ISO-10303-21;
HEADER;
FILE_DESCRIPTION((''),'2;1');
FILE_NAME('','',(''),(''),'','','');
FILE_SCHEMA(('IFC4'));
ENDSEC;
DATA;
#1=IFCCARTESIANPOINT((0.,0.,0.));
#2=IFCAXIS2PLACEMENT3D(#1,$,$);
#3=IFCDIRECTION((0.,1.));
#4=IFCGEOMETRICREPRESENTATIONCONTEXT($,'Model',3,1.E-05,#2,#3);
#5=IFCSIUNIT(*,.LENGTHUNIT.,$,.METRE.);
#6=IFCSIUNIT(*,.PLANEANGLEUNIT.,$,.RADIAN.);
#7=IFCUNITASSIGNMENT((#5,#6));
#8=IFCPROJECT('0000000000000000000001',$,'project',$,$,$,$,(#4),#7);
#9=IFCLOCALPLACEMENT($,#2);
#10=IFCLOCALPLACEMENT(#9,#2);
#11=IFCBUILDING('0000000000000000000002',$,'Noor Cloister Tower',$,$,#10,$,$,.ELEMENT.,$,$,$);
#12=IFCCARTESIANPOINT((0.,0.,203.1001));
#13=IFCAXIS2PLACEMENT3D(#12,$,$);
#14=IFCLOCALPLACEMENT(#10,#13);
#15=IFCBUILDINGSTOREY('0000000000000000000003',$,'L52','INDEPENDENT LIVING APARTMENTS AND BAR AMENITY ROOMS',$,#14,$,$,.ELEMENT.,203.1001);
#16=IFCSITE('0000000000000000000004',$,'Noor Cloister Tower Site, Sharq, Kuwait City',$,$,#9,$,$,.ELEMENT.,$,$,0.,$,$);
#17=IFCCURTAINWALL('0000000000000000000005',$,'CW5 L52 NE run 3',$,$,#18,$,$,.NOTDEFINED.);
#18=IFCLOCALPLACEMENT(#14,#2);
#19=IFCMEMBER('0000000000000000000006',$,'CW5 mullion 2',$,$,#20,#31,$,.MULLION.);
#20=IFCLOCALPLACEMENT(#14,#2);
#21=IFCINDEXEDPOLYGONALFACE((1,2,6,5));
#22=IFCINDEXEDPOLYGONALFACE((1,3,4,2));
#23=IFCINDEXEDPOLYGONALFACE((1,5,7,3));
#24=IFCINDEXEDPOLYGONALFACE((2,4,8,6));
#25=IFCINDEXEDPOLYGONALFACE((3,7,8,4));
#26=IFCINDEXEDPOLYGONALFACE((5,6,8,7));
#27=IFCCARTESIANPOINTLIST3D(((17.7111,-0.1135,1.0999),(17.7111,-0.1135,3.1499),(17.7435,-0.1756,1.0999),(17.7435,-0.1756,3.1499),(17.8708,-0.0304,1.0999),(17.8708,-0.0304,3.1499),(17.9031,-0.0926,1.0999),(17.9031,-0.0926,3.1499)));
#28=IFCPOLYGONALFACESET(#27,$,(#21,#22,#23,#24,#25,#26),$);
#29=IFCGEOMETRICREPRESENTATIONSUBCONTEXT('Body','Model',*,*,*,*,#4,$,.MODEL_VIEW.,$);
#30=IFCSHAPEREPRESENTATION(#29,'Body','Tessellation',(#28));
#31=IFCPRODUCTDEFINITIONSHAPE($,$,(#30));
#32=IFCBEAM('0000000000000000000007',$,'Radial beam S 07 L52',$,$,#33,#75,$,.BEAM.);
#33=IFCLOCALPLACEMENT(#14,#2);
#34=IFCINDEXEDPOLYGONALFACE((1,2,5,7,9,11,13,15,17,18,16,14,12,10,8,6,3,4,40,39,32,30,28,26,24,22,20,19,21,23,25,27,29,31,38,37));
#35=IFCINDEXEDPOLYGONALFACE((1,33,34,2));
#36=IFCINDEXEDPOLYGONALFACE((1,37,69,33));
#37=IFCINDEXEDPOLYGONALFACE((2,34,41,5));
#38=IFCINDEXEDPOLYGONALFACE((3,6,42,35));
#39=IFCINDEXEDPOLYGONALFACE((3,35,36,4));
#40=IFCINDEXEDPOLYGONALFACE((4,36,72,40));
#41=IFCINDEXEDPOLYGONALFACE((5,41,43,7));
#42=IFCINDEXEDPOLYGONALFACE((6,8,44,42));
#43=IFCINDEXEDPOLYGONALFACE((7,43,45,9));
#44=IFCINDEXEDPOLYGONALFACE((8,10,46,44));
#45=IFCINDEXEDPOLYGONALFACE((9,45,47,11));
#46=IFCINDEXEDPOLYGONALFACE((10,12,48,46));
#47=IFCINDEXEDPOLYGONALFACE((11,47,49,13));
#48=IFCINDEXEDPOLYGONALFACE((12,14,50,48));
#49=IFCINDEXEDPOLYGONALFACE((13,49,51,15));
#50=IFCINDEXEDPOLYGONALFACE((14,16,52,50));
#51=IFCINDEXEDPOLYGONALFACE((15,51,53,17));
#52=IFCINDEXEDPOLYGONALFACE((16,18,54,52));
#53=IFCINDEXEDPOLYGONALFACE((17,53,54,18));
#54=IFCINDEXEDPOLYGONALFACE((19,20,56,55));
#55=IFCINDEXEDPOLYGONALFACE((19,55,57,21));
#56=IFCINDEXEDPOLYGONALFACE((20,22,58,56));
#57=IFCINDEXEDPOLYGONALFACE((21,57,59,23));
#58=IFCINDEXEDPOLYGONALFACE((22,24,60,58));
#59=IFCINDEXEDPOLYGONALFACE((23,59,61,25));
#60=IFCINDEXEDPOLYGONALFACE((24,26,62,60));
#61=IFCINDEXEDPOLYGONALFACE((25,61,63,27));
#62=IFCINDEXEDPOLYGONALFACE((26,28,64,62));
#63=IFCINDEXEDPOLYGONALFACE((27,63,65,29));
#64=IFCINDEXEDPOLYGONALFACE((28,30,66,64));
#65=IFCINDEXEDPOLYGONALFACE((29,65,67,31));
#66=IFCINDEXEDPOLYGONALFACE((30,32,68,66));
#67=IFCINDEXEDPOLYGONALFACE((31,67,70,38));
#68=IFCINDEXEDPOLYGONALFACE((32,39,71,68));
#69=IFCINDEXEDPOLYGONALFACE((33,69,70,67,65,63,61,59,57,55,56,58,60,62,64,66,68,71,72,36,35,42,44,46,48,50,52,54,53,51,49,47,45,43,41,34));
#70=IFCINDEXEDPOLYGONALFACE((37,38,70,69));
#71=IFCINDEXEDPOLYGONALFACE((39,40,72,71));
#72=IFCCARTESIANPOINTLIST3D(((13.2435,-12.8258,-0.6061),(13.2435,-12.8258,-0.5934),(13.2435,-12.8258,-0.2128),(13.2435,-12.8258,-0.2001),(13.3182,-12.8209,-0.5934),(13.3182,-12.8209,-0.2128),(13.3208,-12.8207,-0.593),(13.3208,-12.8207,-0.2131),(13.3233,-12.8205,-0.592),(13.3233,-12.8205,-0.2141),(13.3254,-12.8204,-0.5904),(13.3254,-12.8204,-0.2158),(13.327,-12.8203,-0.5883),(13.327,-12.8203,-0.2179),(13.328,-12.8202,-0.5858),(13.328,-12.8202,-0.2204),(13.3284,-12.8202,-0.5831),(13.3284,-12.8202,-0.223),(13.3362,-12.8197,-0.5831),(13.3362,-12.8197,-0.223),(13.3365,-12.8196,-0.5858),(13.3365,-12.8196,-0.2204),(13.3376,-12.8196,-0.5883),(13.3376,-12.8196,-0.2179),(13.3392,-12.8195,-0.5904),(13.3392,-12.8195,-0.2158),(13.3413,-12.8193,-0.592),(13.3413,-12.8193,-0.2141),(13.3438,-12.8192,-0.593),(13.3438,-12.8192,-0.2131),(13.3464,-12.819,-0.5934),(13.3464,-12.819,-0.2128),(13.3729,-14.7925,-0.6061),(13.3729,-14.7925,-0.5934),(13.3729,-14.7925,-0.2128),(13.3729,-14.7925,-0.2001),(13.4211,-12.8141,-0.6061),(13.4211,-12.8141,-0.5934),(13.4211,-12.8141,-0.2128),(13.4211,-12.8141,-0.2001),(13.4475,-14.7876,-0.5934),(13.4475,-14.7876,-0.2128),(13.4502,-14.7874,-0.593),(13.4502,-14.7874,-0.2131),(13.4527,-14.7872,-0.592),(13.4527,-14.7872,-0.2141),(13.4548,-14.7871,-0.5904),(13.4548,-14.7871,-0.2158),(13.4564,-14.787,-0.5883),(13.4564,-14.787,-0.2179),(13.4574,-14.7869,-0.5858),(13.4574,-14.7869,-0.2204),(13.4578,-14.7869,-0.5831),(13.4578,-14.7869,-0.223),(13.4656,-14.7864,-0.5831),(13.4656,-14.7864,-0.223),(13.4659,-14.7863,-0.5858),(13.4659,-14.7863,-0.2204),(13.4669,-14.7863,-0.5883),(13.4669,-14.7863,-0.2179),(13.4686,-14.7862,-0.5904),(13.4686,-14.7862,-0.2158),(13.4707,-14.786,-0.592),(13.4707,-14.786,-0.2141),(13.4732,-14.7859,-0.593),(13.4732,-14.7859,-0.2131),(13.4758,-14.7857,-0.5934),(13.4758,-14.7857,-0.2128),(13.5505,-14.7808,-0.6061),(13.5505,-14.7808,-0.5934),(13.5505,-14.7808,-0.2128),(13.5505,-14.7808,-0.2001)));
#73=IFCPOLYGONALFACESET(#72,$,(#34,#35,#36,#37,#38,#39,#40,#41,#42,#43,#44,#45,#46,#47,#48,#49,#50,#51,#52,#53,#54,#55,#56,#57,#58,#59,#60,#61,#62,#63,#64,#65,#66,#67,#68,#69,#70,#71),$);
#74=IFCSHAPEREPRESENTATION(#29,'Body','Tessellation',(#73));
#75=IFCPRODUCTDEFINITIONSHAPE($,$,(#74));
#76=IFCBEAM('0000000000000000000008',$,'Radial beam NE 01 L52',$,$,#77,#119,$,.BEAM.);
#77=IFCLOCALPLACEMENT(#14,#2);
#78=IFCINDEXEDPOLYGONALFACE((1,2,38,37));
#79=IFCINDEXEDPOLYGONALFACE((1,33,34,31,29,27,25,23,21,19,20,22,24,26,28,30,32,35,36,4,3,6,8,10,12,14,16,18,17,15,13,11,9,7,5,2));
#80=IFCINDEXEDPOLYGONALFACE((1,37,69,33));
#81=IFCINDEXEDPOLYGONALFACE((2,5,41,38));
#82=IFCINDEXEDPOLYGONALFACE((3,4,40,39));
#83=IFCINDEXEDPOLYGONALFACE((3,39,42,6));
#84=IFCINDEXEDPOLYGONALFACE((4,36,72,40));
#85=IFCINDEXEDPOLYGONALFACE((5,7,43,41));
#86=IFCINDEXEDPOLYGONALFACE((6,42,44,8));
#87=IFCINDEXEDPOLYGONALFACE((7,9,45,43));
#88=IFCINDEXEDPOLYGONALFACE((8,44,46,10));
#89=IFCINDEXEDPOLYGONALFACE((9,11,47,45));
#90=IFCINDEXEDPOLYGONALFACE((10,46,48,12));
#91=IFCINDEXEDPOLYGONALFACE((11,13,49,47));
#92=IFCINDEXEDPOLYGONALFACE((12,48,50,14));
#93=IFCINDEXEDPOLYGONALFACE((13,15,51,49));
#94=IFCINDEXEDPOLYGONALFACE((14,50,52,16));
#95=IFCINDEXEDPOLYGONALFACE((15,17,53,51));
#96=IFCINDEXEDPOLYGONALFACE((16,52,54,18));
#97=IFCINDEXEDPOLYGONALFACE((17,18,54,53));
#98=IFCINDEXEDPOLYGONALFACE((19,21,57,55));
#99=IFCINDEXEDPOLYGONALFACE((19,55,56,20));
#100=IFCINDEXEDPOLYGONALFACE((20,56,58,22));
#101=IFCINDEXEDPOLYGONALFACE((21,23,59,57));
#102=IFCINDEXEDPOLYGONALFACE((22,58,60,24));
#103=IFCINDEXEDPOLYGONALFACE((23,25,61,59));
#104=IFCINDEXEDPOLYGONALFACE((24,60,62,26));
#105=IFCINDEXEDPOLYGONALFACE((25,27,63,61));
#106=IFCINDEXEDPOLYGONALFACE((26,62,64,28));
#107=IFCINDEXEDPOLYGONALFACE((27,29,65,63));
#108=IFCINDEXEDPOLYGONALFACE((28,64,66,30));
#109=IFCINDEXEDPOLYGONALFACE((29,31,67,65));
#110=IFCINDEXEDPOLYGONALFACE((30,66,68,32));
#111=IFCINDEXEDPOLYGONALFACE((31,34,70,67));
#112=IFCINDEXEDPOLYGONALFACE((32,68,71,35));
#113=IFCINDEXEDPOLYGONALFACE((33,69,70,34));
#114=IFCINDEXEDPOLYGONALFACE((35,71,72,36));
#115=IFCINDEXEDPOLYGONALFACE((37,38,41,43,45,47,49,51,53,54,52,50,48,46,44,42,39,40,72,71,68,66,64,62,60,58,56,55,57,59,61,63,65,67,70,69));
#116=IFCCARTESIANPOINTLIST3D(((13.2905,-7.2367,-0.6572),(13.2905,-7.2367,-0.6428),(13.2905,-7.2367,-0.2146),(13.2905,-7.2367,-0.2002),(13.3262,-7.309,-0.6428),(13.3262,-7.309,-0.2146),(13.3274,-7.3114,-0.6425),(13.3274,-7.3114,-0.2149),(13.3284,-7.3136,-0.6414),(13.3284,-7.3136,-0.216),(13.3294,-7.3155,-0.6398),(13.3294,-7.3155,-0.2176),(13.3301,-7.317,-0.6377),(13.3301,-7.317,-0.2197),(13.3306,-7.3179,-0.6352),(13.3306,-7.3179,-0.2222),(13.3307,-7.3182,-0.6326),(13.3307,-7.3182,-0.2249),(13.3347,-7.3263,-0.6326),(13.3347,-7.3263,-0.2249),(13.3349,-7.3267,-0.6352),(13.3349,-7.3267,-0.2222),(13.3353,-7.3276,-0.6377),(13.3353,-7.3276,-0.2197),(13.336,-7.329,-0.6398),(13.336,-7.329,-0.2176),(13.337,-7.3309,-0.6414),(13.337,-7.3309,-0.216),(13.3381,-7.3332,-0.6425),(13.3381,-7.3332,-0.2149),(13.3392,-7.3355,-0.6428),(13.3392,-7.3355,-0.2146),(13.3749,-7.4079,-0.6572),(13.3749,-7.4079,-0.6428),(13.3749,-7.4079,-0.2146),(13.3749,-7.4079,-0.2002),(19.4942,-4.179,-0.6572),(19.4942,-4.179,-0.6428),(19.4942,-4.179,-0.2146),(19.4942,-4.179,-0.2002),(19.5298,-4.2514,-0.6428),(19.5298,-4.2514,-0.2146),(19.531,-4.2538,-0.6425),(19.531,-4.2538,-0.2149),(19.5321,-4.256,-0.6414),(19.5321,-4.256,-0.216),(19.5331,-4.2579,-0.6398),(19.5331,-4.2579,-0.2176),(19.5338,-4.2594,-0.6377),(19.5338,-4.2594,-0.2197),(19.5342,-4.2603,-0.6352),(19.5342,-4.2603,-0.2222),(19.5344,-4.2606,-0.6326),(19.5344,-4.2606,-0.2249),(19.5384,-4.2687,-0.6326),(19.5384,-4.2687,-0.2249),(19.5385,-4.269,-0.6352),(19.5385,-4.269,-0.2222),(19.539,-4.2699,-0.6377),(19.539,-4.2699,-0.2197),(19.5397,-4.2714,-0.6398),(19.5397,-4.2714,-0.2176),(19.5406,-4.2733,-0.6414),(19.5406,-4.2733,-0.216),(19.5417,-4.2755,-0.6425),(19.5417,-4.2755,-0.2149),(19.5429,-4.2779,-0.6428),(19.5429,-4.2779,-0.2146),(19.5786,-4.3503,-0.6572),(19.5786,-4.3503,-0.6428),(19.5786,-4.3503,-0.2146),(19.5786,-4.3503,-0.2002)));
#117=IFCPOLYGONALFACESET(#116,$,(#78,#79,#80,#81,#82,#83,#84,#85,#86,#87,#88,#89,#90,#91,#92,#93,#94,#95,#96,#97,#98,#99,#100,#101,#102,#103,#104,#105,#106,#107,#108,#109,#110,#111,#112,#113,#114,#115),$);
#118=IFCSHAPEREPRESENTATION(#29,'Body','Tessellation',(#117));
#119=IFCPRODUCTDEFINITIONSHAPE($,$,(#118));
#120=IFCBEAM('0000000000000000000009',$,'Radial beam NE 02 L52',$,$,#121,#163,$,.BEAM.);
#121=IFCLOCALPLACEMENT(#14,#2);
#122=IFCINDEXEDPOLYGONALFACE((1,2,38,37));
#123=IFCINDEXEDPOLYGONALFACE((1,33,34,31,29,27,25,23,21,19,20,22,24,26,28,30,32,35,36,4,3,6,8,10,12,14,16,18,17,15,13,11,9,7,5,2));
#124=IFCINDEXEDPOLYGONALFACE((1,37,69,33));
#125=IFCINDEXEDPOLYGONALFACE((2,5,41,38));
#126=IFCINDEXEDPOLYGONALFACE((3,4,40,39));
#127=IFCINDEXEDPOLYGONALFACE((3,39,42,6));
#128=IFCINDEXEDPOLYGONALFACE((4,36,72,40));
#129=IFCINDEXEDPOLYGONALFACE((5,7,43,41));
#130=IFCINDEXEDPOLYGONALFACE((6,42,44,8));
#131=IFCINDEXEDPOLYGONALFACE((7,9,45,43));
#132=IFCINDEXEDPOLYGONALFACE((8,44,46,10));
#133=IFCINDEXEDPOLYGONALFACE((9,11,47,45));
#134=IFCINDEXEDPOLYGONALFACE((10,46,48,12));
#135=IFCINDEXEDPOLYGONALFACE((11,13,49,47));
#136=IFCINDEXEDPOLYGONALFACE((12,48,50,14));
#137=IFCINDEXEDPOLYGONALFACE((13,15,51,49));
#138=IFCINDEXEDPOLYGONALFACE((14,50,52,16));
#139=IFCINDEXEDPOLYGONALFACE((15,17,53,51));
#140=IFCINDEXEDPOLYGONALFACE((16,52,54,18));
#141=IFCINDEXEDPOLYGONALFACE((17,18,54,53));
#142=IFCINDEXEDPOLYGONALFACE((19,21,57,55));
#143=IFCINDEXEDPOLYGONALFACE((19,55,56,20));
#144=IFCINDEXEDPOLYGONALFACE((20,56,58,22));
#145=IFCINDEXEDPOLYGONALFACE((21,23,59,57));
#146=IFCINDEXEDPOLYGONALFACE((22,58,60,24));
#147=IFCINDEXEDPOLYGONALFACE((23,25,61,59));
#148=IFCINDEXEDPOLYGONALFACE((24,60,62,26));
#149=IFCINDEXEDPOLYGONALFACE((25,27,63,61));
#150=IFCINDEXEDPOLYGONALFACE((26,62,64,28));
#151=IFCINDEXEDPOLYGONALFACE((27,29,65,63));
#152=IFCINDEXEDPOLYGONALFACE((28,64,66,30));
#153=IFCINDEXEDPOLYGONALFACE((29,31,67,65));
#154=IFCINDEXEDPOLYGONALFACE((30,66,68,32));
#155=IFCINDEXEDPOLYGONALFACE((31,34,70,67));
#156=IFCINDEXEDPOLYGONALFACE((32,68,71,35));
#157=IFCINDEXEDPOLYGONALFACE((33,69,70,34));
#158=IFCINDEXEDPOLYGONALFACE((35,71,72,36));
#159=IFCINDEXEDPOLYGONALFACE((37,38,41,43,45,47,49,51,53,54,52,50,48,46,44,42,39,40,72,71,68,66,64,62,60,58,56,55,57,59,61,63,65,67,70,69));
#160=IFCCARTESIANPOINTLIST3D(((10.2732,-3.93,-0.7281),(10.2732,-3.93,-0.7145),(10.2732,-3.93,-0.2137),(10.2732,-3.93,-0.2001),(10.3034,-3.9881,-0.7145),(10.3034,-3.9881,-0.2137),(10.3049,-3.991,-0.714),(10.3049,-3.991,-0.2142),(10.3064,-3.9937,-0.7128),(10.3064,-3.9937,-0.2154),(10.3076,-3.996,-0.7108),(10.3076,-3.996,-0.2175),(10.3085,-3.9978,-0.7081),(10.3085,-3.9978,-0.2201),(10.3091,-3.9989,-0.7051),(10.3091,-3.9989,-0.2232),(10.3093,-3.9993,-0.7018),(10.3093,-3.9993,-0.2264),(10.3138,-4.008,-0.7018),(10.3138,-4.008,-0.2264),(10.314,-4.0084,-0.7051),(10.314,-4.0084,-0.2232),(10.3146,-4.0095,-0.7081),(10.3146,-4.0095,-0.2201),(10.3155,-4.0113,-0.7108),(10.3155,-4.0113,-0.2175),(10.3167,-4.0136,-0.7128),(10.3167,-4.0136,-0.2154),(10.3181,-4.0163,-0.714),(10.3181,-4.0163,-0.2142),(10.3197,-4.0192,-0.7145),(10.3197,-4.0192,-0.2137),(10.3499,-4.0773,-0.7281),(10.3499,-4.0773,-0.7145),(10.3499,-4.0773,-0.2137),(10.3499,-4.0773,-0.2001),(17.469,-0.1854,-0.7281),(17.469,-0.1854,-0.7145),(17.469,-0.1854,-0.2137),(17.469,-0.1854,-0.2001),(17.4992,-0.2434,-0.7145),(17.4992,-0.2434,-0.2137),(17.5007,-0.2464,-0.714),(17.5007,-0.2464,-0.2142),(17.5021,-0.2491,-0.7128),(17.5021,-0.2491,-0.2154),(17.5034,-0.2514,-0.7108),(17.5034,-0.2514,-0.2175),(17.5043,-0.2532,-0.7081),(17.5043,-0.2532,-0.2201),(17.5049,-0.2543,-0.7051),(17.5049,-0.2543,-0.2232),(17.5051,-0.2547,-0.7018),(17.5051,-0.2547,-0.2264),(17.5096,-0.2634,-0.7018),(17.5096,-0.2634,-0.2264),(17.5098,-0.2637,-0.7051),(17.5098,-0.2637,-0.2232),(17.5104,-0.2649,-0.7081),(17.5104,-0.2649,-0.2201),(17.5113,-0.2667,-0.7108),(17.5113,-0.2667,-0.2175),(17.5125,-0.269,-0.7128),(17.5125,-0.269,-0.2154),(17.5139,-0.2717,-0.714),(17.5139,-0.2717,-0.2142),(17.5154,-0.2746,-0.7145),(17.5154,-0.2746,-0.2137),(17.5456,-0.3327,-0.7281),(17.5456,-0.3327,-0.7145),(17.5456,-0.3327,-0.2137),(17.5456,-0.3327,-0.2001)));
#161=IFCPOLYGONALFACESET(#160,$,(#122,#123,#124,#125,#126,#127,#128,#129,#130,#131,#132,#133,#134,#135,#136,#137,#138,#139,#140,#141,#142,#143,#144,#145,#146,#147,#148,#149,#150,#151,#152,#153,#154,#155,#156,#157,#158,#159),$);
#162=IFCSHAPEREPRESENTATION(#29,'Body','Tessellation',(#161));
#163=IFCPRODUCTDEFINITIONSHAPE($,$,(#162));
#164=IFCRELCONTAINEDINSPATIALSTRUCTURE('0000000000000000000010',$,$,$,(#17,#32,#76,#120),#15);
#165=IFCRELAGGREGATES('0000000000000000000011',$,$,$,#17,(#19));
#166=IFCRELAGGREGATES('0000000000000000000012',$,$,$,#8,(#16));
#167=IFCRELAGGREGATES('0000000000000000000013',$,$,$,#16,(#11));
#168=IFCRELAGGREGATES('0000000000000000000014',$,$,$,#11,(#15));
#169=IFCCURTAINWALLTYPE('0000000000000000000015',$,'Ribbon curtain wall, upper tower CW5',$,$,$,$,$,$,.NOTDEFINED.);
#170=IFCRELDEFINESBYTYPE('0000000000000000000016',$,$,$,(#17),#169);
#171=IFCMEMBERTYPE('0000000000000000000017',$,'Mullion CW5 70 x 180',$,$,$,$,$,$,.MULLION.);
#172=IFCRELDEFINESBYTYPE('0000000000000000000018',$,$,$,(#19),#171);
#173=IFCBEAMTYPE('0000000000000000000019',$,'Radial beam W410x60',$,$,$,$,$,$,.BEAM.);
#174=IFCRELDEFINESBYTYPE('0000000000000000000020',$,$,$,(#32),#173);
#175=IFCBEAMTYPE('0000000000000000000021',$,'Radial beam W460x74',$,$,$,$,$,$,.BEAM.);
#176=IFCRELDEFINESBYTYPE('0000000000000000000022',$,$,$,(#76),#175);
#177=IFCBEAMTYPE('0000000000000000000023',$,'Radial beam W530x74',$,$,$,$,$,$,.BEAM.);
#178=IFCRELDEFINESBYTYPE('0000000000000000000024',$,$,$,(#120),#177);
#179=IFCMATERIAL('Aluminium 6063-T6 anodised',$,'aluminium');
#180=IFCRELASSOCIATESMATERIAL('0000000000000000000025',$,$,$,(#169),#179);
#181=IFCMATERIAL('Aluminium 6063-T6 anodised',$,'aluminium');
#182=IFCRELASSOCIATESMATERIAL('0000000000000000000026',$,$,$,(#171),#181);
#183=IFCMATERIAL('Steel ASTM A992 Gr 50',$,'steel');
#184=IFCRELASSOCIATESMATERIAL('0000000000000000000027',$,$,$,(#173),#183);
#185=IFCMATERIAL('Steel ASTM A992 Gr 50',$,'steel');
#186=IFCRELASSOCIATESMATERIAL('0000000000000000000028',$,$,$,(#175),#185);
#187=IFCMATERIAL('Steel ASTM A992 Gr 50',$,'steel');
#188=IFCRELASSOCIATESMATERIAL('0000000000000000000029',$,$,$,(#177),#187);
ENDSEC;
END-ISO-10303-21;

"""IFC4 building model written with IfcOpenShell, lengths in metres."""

from ifc_helpers import new_model, si_unit, direction, frame, origin, origin_2d, place, context, subcontext, project, spatial, rectangle, i_section, extrude, material, material_profile, profile_set, type_object, element, aggregate, save


model = new_model("IFC4")

# Units and contexts
model_context = context("Model", 3, precision=1e-05, world=origin(), true_north=direction((0.0, 1.0)))
body_context = subcontext(model_context, "Body", "Model", "MODEL_VIEW")
ifc_project = project(units=[si_unit("LENGTHUNIT", "METRE"), si_unit("PLANEANGLEUNIT", "RADIAN")], contexts=[model_context])

# Site, building, storey
site_placement = place(None, origin())
site = spatial("IfcSite", under=ifc_project, at=site_placement, Name="Noor Cloister Tower Site, Sharq, Kuwait City", CompositionType="ELEMENT", RefElevation=0.0)
building_placement = place(site_placement, origin())
building = spatial("IfcBuilding", under=site, at=building_placement, Name="Noor Cloister Tower", CompositionType="ELEMENT")
storey_placement = place(building_placement, frame((0.0, 0.0, 203.1001)))
storey = spatial("IfcBuildingStorey", under=building, at=storey_placement, Name="L52", Description="INDEPENDENT LIVING APARTMENTS AND BAR AMENITY ROOMS", CompositionType="ELEMENT", Elevation=203.1001)

# Curtain wall, member
ifc_material_1 = material(Name="Aluminium 6063-T6 anodised", Category="aluminium")
curtain_wall_type = type_object("IfcCurtainWallType", Name="Ribbon curtain wall, upper tower CW5", PredefinedType="NOTDEFINED", material=ifc_material_1)
ifc_material_2 = material(Name="Aluminium 6063-T6 anodised", Category="aluminium")
ifc_material_profile_1 = material_profile(ifc_material_2, rectangle(XDim=0.1799, YDim=0.0701, at=origin_2d()), Name="180 x 70 mullion")
ifc_profile_set_1 = profile_set([ifc_material_profile_1], Name="Aluminium 6063-T6 anodised")
member_type = type_object("IfcMemberType", Name="Mullion CW5 70 x 180", PredefinedType="MULLION", material=ifc_profile_set_1)
curtain_wall_1_placement = place(storey_placement, origin())
curtain_wall_1 = element("IfcCurtainWall", 1, at=curtain_wall_1_placement, inside=storey, type_object=curtain_wall_type, Name="CW5 L52 NE run 3", PredefinedType="NOTDEFINED")
member_1_placement = place(storey_placement, frame((17.8071, -0.103, 1.0999), z_axis=(0.0, 0.0, 1.0), x_axis=(-0.88708, -0.461616, 0.0)))
member_1 = element("IfcMember", 2, at=member_1_placement, type_object=member_type, Name="CW5 mullion 2", PredefinedType="MULLION", context=body_context, shape_type="SweptSolid", body=[
    extrude(rectangle(XDim=0.1799, YDim=0.0701, at=origin_2d()), origin(), (0.0, 0.0, 1.0), 2.05),
])

# Beams
ifc_material_3 = material(Name="Steel ASTM A992 Gr 50", Category="steel")
ifc_material_profile_2 = material_profile(ifc_material_3, i_section(OverallWidth=0.178, OverallDepth=0.406, WebThickness=0.0078, FlangeThickness=0.0127, FilletRadius=0.0103, at=origin_2d()), Name="W410x60")
ifc_profile_set_2 = profile_set([ifc_material_profile_2], Name="Steel ASTM A992 Gr 50")
beam_type_1 = type_object("IfcBeamType", Name="Radial beam W410x60", PredefinedType="BEAM", material=ifc_profile_set_2)
beam_1_placement = place(storey_placement, frame((13.4617, -14.7866, -0.4031), z_axis=(-0.065648, 0.997843, 0.0), x_axis=(-0.997843, -0.065648, 0.0)))
element("IfcBeam", 3, at=beam_1_placement, inside=storey, type_object=beam_type_1, Name="Radial beam S 07 L52", PredefinedType="BEAM", context=body_context, shape_type="SweptSolid", body=[
    extrude(i_section(OverallWidth=0.178, OverallDepth=0.406, WebThickness=0.0078, FlangeThickness=0.0127, FilletRadius=0.0103, at=origin_2d()), origin(), (0.0, 0.0, 1.0), 1.9709),
])
ifc_material_4 = material(Name="Steel ASTM A992 Gr 50", Category="steel")
ifc_material_profile_3 = material_profile(ifc_material_4, i_section(OverallWidth=0.1909, OverallDepth=0.457, WebThickness=0.009, FlangeThickness=0.0144, FilletRadius=0.0103, at=origin_2d()), Name="W460x74")
ifc_profile_set_3 = profile_set([ifc_material_profile_3], Name="Steel ASTM A992 Gr 50")
beam_type_2 = type_object("IfcBeamType", Name="Radial beam W460x74", PredefinedType="BEAM", material=ifc_profile_set_3)
beam_2_placement = place(storey_placement, frame((19.5364, -4.2646, -0.4287), z_axis=(-0.896968, -0.442095, 0.0), x_axis=(0.442095, -0.896968, 0.0)))
element("IfcBeam", 4, at=beam_2_placement, inside=storey, type_object=beam_type_2, Name="Radial beam NE 01 L52", PredefinedType="BEAM", context=body_context, shape_type="SweptSolid", body=[
    extrude(i_section(OverallWidth=0.1909, OverallDepth=0.457, WebThickness=0.009, FlangeThickness=0.0144, FilletRadius=0.0103, at=origin_2d()), origin(), (0.0, 0.0, 1.0), 6.9163),
])
ifc_material_5 = material(Name="Steel ASTM A992 Gr 50", Category="steel")
ifc_material_profile_4 = material_profile(ifc_material_5, i_section(OverallWidth=0.166, OverallDepth=0.5281, WebThickness=0.0098, FlangeThickness=0.0137, FilletRadius=0.0127, at=origin_2d()), Name="W530x74")
ifc_profile_set_4 = profile_set([ifc_material_profile_4], Name="Steel ASTM A992 Gr 50")
beam_type_3 = type_object("IfcBeamType", Name="Radial beam W530x74", PredefinedType="BEAM", material=ifc_profile_set_4)
beam_3_placement = place(storey_placement, frame((17.5073, -0.259, -0.4641), z_axis=(-0.887075, -0.461626, 0.0), x_axis=(0.461626, -0.887075, 0.0)))
element("IfcBeam", 5, at=beam_3_placement, inside=storey, type_object=beam_type_3, Name="Radial beam NE 02 L52", PredefinedType="BEAM", context=body_context, shape_type="SweptSolid", body=[
    extrude(i_section(OverallWidth=0.166, OverallDepth=0.5281, WebThickness=0.0098, FlangeThickness=0.0137, FilletRadius=0.0127, at=origin_2d()), origin(), (0.0, 0.0, 1.0), 8.1118),
])

aggregate(curtain_wall_1, [member_1])

save(model, "model.ifc")
